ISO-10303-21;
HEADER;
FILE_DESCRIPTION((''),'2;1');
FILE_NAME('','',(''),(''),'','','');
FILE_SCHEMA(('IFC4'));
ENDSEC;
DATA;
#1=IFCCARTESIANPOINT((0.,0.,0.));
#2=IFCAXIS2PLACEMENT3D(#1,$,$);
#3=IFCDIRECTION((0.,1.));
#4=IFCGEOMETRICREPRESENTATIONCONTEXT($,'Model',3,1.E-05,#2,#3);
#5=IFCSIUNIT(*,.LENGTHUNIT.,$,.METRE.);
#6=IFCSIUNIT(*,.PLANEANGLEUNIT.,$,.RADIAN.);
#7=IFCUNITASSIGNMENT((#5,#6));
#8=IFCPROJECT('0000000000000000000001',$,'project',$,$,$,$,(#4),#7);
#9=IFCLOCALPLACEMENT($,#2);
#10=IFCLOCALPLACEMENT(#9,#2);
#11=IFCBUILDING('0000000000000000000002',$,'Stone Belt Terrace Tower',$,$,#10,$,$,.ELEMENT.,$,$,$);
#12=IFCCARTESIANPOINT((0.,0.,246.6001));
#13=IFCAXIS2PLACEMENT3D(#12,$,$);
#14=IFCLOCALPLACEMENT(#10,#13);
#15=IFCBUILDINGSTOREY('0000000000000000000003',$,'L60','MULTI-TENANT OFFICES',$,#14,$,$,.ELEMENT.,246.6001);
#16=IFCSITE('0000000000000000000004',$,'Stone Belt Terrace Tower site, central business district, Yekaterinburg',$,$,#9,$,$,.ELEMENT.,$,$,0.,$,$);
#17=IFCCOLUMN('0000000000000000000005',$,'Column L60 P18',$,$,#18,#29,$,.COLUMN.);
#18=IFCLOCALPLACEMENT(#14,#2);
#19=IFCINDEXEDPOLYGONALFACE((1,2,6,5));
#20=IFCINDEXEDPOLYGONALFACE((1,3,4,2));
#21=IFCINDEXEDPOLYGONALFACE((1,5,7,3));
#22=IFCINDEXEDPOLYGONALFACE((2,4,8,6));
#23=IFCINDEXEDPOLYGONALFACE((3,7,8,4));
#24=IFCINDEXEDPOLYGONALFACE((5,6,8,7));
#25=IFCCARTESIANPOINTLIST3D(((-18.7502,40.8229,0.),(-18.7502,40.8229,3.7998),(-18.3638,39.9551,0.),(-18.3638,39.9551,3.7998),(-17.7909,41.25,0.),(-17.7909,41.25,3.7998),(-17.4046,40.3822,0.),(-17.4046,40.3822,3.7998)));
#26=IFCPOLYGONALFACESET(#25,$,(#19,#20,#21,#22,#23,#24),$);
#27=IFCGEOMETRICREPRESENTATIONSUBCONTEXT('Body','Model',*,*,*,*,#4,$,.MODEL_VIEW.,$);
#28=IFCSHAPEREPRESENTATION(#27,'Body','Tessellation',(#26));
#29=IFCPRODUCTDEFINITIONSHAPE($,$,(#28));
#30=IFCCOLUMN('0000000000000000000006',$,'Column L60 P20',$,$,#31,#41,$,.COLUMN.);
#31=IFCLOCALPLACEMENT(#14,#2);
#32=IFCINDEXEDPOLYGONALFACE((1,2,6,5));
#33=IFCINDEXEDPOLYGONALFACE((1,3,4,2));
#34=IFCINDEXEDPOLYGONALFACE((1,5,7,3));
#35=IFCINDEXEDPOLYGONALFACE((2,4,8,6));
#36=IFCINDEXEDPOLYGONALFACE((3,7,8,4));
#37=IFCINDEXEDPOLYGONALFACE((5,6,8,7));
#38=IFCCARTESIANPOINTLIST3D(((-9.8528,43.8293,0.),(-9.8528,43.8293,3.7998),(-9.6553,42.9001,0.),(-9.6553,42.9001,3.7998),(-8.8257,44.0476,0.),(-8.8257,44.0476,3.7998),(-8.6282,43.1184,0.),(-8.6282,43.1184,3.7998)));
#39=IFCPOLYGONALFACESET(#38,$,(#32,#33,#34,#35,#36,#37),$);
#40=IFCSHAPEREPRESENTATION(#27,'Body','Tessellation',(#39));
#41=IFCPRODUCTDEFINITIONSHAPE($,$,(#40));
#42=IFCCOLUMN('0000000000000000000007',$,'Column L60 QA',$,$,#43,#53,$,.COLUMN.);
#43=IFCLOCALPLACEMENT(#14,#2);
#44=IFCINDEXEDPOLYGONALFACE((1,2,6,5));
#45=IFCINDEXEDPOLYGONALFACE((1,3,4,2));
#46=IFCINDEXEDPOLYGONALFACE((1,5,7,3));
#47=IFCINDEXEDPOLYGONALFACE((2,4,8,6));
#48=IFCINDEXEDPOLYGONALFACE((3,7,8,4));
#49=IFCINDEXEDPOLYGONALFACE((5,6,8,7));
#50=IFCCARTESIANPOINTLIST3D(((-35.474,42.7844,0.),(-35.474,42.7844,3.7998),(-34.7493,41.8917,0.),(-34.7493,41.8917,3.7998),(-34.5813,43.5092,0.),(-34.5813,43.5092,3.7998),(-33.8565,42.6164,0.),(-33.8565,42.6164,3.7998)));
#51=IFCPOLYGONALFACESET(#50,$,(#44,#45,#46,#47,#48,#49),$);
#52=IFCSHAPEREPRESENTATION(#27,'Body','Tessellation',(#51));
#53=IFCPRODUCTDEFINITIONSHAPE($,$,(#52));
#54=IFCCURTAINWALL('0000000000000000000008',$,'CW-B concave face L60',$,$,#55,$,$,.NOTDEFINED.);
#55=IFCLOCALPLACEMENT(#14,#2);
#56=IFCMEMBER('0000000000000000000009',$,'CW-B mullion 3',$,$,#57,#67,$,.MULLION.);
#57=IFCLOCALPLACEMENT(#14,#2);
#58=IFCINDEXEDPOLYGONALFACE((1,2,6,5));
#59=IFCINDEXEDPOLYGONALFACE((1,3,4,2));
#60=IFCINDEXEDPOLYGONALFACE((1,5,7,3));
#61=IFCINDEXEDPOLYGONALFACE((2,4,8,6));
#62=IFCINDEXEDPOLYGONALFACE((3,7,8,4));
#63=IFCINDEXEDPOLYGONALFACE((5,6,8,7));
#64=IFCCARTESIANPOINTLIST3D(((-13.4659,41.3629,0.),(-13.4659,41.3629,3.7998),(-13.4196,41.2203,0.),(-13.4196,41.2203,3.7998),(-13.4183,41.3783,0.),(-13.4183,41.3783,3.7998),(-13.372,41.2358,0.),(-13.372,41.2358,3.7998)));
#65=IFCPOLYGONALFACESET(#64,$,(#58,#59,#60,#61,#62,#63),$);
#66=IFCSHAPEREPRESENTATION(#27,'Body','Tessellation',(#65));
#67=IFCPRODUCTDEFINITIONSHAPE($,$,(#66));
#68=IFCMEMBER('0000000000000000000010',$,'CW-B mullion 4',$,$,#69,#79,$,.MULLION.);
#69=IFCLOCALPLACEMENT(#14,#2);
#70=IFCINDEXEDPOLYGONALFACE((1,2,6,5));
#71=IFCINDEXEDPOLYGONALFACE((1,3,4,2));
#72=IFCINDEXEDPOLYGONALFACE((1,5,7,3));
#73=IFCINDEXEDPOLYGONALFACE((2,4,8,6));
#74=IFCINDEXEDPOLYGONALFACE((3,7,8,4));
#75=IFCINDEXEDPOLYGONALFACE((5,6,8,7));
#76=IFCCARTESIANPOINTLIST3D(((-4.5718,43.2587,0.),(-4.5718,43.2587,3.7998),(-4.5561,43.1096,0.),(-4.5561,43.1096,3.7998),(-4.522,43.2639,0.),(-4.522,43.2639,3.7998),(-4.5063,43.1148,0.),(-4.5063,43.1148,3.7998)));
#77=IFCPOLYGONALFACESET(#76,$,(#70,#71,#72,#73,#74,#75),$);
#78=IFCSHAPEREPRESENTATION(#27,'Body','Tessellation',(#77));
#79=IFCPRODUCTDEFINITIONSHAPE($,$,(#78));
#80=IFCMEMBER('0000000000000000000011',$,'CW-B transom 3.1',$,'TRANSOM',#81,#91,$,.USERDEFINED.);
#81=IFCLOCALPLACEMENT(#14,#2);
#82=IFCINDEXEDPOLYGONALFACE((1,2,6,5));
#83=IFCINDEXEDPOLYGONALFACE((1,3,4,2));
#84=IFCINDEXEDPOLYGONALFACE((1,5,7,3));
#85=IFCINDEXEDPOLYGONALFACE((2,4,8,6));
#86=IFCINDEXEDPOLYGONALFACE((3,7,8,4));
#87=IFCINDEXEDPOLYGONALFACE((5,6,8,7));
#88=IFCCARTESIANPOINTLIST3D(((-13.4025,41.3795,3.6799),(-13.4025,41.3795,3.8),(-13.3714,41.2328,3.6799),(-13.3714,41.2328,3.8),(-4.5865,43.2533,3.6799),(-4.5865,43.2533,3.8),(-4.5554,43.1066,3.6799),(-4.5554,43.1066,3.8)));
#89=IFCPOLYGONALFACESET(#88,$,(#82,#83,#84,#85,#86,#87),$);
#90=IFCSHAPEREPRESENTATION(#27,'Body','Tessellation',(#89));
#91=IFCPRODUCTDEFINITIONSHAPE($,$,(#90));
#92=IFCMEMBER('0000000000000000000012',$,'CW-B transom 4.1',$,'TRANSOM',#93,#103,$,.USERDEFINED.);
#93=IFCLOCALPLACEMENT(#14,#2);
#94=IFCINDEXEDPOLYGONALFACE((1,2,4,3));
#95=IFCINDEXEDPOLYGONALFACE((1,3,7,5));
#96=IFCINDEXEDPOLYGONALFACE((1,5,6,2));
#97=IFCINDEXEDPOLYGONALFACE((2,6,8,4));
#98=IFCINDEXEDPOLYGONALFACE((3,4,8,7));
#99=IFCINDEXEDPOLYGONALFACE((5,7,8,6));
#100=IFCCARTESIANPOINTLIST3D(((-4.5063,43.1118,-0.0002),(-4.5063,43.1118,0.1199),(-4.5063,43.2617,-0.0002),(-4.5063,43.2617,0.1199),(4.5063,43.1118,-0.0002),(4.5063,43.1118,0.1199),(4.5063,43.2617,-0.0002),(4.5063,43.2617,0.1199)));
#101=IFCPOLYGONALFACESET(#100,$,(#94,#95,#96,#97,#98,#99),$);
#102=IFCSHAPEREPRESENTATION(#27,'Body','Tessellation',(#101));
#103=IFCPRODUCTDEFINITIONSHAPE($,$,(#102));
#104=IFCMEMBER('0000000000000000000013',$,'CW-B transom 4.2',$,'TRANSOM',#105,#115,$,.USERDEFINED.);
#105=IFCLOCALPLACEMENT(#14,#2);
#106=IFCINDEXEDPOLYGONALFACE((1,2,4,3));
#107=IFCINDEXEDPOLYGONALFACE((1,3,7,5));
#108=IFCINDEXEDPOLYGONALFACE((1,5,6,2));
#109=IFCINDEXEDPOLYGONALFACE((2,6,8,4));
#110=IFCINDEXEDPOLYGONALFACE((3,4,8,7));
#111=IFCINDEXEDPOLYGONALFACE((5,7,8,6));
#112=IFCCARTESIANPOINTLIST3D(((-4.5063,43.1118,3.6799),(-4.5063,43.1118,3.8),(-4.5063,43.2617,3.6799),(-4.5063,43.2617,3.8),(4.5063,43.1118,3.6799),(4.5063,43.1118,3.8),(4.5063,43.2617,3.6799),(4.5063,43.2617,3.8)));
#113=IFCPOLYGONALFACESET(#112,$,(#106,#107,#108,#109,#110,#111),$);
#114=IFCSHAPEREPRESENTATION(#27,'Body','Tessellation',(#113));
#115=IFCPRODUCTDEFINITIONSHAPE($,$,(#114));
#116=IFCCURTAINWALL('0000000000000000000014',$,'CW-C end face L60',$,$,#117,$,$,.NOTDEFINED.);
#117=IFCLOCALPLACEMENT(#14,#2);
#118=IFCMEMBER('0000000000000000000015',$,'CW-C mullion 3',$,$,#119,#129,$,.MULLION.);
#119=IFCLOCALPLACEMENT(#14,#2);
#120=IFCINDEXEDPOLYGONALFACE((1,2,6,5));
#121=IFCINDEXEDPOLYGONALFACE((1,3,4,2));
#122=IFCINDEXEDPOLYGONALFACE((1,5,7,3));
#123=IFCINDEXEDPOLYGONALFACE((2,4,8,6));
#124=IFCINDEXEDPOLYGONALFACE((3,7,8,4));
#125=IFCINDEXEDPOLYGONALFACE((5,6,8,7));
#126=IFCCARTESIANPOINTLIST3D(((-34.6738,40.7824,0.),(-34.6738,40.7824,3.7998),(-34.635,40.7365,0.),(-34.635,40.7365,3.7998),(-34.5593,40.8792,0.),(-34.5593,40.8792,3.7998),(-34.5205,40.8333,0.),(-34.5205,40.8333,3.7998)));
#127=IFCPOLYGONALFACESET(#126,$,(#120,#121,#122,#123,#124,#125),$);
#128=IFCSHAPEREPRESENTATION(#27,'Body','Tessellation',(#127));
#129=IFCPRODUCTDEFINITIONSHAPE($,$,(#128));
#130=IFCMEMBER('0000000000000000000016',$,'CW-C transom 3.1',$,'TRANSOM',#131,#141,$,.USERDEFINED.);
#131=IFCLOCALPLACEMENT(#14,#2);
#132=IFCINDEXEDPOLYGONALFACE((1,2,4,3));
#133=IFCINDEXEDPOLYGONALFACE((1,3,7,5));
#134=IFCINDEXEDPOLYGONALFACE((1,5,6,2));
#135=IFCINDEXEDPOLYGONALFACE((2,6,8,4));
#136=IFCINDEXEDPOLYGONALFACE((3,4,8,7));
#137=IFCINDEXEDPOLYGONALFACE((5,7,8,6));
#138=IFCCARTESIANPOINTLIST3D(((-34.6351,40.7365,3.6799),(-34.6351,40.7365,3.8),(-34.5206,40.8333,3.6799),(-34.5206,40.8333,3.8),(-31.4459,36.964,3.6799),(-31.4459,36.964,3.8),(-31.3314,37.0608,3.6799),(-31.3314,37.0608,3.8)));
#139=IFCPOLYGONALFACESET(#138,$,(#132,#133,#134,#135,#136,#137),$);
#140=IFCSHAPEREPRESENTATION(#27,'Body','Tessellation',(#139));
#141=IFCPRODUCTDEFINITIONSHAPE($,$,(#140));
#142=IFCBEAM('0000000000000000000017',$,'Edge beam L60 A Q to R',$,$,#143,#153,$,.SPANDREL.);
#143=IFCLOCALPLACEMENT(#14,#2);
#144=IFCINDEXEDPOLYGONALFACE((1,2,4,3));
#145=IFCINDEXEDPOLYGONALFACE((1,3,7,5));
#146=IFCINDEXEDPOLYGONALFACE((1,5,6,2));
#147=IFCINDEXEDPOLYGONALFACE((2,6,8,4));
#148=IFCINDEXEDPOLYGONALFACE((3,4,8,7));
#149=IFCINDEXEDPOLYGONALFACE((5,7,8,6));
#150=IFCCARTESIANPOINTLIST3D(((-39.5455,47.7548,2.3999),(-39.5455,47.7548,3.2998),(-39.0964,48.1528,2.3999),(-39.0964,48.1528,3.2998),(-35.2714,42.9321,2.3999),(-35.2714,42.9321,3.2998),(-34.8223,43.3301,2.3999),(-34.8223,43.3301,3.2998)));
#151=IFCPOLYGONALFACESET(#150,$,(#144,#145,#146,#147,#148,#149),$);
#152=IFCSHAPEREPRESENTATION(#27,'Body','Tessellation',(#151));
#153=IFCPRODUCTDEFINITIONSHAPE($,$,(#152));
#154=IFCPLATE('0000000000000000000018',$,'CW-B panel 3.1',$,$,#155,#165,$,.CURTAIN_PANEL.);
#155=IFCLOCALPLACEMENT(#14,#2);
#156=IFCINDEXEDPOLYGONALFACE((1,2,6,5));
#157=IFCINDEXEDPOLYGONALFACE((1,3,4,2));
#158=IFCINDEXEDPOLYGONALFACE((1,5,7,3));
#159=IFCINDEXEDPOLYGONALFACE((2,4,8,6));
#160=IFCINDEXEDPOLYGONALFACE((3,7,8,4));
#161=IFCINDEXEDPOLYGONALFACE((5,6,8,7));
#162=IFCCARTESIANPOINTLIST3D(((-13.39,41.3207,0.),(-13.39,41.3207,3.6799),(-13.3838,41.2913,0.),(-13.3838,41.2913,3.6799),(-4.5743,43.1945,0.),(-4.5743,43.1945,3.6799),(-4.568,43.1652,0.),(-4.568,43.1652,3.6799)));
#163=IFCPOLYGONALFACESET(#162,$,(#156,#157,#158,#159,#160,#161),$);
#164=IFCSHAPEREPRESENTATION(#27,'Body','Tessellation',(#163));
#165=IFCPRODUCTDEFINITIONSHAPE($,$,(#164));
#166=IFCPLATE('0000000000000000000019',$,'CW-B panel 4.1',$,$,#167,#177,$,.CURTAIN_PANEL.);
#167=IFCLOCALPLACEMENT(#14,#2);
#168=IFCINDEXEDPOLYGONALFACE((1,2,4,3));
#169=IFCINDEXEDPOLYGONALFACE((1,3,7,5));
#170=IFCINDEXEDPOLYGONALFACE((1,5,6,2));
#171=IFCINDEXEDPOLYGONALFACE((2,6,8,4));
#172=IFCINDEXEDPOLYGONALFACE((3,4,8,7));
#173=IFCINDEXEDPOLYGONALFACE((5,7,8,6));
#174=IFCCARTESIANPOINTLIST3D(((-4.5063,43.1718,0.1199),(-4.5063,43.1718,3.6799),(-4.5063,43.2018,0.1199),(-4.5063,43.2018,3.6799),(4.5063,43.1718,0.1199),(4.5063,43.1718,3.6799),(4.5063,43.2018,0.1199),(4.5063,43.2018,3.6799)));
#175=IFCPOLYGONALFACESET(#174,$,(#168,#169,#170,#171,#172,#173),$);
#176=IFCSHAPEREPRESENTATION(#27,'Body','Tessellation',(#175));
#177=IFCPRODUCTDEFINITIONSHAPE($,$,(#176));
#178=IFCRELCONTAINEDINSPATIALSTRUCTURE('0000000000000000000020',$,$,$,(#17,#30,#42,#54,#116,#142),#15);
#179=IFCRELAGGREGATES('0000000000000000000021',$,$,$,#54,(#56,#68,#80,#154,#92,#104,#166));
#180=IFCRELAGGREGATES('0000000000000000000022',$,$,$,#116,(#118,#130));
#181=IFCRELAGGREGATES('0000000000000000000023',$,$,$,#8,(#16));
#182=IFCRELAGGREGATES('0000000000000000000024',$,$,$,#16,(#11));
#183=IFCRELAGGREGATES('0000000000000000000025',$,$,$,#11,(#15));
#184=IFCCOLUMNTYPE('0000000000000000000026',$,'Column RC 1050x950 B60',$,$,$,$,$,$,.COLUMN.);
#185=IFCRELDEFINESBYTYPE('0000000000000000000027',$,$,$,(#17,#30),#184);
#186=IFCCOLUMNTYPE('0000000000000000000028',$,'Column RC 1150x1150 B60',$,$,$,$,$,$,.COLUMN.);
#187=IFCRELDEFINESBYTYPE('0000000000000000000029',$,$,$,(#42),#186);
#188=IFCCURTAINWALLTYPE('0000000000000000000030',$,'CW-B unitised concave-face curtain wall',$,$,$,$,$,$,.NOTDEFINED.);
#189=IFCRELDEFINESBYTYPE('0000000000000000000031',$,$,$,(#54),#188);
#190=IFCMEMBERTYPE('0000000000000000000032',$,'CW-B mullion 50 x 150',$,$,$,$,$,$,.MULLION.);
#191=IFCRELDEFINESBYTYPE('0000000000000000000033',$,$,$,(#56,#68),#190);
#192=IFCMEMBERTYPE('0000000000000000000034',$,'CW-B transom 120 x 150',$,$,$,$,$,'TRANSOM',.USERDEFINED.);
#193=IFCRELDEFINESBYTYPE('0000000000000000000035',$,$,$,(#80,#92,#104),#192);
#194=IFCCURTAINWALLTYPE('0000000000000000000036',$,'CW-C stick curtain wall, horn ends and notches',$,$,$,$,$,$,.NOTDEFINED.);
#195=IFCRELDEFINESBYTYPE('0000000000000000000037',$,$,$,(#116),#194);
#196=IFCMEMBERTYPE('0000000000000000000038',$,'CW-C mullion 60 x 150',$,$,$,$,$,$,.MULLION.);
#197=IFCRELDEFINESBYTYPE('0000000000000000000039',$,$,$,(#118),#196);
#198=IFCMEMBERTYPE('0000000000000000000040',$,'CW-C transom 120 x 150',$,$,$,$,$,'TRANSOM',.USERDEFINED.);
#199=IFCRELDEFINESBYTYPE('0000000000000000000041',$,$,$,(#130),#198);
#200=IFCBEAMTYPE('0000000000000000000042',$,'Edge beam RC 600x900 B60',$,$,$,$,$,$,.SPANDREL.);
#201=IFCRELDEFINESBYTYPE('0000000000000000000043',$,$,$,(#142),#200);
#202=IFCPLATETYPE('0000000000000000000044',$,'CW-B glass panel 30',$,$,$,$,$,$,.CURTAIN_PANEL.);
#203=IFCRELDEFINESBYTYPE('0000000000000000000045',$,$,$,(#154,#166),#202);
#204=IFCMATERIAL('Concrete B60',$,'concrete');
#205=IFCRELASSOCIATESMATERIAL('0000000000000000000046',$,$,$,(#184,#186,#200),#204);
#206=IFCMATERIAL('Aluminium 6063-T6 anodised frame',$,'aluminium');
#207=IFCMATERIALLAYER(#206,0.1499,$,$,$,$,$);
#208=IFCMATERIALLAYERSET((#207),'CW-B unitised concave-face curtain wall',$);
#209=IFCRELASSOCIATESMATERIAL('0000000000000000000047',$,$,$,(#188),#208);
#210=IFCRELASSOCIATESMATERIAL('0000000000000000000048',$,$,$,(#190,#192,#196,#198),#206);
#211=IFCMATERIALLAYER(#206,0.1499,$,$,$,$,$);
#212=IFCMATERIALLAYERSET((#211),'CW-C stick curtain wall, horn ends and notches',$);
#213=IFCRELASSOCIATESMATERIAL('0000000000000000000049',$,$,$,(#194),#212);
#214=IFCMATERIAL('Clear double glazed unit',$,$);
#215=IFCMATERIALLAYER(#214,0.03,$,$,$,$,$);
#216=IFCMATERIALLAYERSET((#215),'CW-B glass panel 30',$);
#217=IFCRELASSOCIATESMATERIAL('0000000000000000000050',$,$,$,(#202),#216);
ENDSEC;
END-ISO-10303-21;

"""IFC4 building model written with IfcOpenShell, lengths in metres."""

from ifc_helpers import new_model, si_unit, direction, frame, origin, origin_2d, place, context, subcontext, project, spatial, rectangle, extrude, material, layer, layer_set, material_profile, profile_set, type_object, element, aggregate, save


model = new_model("IFC4")

# Units and contexts
model_context = context("Model", 3, precision=1e-05, world=origin(), true_north=direction((0.0, 1.0)))
body_context = subcontext(model_context, "Body", "Model", "MODEL_VIEW")
ifc_project = project(units=[si_unit("LENGTHUNIT", "METRE"), si_unit("PLANEANGLEUNIT", "RADIAN")], contexts=[model_context])

# Site, building, storey
site_placement = place(None, origin())
site = spatial("IfcSite", under=ifc_project, at=site_placement, Name="Stone Belt Terrace Tower site, central business district, Yekaterinburg", CompositionType="ELEMENT", RefElevation=0.0)
building_placement = place(site_placement, origin())
building = spatial("IfcBuilding", under=site, at=building_placement, Name="Stone Belt Terrace Tower", CompositionType="ELEMENT")
storey_placement = place(building_placement, frame((0.0, 0.0, 246.6001)))
storey = spatial("IfcBuildingStorey", under=building, at=storey_placement, Name="L60", Description="MULTI-TENANT OFFICES", CompositionType="ELEMENT", Elevation=246.6001)

# Columns
ifc_material_1 = material(Name="Concrete B60", Category="concrete")
ifc_material_profile_1 = material_profile(ifc_material_1, rectangle(XDim=1.05, YDim=0.95, at=origin_2d()), Name="RC 1050x950")
ifc_profile_set_1 = profile_set([ifc_material_profile_1], Name="Concrete B60")
column_type_1 = type_object("IfcColumnType", Name="Column RC 1050x950 B60", PredefinedType="COLUMN", material=ifc_profile_set_1)
for number, where, z_axis, x_axis, name in (
    (1, (-18.0774, 40.6025, 0.0), (0.0, 0.0, 1.0), (0.913545, 0.406737, 0.0), "Column L60 P18"),
    (2, (-9.2405, 43.4739, 0.0), (0.0, 0.0, 1.0), (0.978148, 0.207912, 0.0), "Column L60 P20"),
):
    element("IfcColumn", number, at=place(storey_placement, frame(where, z_axis=z_axis, x_axis=x_axis)), inside=storey, type_object=column_type_1, Name=name, PredefinedType="COLUMN", context=body_context, shape_type="SweptSolid", body=[
        extrude(rectangle(XDim=1.05, YDim=0.95, at=origin_2d()), origin(), (0.0, 0.0, 1.0), 3.7998),
    ])
ifc_material_profile_2 = material_profile(ifc_material_1, rectangle(XDim=1.1499, YDim=1.1499, at=origin_2d()), Name="RC 1150x1150")
ifc_profile_set_2 = profile_set([ifc_material_profile_2], Name="Concrete B60")
column_type_2 = type_object("IfcColumnType", Name="Column RC 1150x1150 B60", PredefinedType="COLUMN", material=ifc_profile_set_2)
column_placement = place(storey_placement, frame((-34.6653, 42.7004, 0.0), z_axis=(0.0, 0.0, 1.0), x_axis=(0.776371, 0.630276, 0.0)))
element("IfcColumn", 3, at=column_placement, inside=storey, type_object=column_type_2, Name="Column L60 QA", PredefinedType="COLUMN", context=body_context, shape_type="SweptSolid", body=[
    extrude(rectangle(XDim=1.1499, YDim=1.1499, at=origin_2d()), origin(), (0.0, 0.0, 1.0), 3.7998),
])

# Curtain walls, members
ifc_material_2 = material(Name="Aluminium 6063-T6 anodised frame", Category="aluminium")
ifc_layer_1 = layer(ifc_material_2, 0.1499)
ifc_layer_set_1 = layer_set([ifc_layer_1], Name="CW-B unitised concave-face curtain wall")
curtain_wall_type_1 = type_object("IfcCurtainWallType", Name="CW-B unitised concave-face curtain wall", PredefinedType="NOTDEFINED", material=ifc_layer_set_1)
curtain_wall_1_placement = place(storey_placement, origin())
curtain_wall_1 = element("IfcCurtainWall", 4, at=curtain_wall_1_placement, inside=storey, type_object=curtain_wall_type_1, Name="CW-B concave face L60", PredefinedType="NOTDEFINED")
ifc_material_profile_3 = material_profile(ifc_material_2, rectangle(XDim=0.1499, YDim=0.05, at=origin_2d()), Name="Aluminium 6063-T6 50x150")
ifc_profile_set_3 = profile_set([ifc_material_profile_3], Name="Aluminium 6063-T6 anodised frame")
member_type_1 = type_object("IfcMemberType", Name="CW-B mullion 50 x 150", PredefinedType="MULLION", material=ifc_profile_set_3)
member_1_placement = place(storey_placement, frame((-13.4189, 41.2993, 0.0), z_axis=(0.0, 0.0, 1.0), x_axis=(-0.309017, 0.951057, 0.0)))
member_1 = element("IfcMember", 5, at=member_1_placement, type_object=member_type_1, Name="CW-B mullion 3", PredefinedType="MULLION", context=body_context, shape_type="SweptSolid", body=[
    extrude(rectangle(XDim=0.1499, YDim=0.05, at=origin_2d()), origin(), (0.0, 0.0, 1.0), 3.7998),
])
member_2_placement = place(storey_placement, frame((-4.5391, 43.1868, 0.0), z_axis=(0.0, 0.0, 1.0), x_axis=(-0.104528, 0.994522, 0.0)))
member_2 = element("IfcMember", 6, at=member_2_placement, type_object=member_type_1, Name="CW-B mullion 4", PredefinedType="MULLION", context=body_context, shape_type="SweptSolid", body=[
    extrude(rectangle(XDim=0.1499, YDim=0.05, at=origin_2d()), origin(), (0.0, 0.0, 1.0), 3.7998),
])
ifc_material_profile_4 = material_profile(ifc_material_2, rectangle(XDim=0.1499, YDim=0.1201, at=origin_2d()), Name="Aluminium 6063-T6 150x120")
ifc_profile_set_4 = profile_set([ifc_material_profile_4], Name="Aluminium 6063-T6 anodised frame")
member_type_2 = type_object("IfcMemberType", Name="CW-B transom 120 x 150", ElementType="TRANSOM", PredefinedType="USERDEFINED", material=ifc_profile_set_4)
member_3_placement = place(storey_placement, frame((-13.387, 41.3062, 3.74), z_axis=(0.97815, 0.207901, 0.0), x_axis=(-0.207901, 0.97815, 0.0)))
member_3 = element("IfcMember", 7, at=member_3_placement, type_object=member_type_2, Name="CW-B transom 3.1", ObjectType="TRANSOM", PredefinedType="USERDEFINED", context=body_context, shape_type="SweptSolid", body=[
    extrude(rectangle(XDim=0.1499, YDim=0.1201, at=origin_2d()), origin(), (0.0, 0.0, 1.0), 9.0129),
])
member_4_placement = place(storey_placement, frame((-4.5063, 43.1868, 0.0598), z_axis=(1.0, 0.0, 0.0), x_axis=(0.0, 1.0, 0.0)))
member_4 = element("IfcMember", 8, at=member_4_placement, type_object=member_type_2, Name="CW-B transom 4.1", ObjectType="TRANSOM", PredefinedType="USERDEFINED", context=body_context, shape_type="SweptSolid", body=[
    extrude(rectangle(XDim=0.1499, YDim=0.1201, at=origin_2d()), origin(), (0.0, 0.0, 1.0), 9.0127),
])
member_5_placement = place(storey_placement, frame((-4.5063, 43.1868, 3.74), z_axis=(1.0, 0.0, 0.0), x_axis=(0.0, 1.0, 0.0)))
member_5 = element("IfcMember", 9, at=member_5_placement, type_object=member_type_2, Name="CW-B transom 4.2", ObjectType="TRANSOM", PredefinedType="USERDEFINED", context=body_context, shape_type="SweptSolid", body=[
    extrude(rectangle(XDim=0.1499, YDim=0.1201, at=origin_2d()), origin(), (0.0, 0.0, 1.0), 9.0127),
])
ifc_layer_2 = layer(ifc_material_2, 0.1499)
ifc_layer_set_2 = layer_set([ifc_layer_2], Name="CW-C stick curtain wall, horn ends and notches")
curtain_wall_type_2 = type_object("IfcCurtainWallType", Name="CW-C stick curtain wall, horn ends and notches", PredefinedType="NOTDEFINED", material=ifc_layer_set_2)
curtain_wall_2_placement = place(storey_placement, origin())
curtain_wall_2 = element("IfcCurtainWall", 10, at=curtain_wall_2_placement, inside=storey, type_object=curtain_wall_type_2, Name="CW-C end face L60", PredefinedType="NOTDEFINED")
ifc_material_profile_5 = material_profile(ifc_material_2, rectangle(XDim=0.1499, YDim=0.0601, at=origin_2d()), Name="Aluminium 6063-T6 60x150")
ifc_profile_set_5 = profile_set([ifc_material_profile_5], Name="Aluminium 6063-T6 anodised frame")
member_type_3 = type_object("IfcMemberType", Name="CW-C mullion 60 x 150", PredefinedType="MULLION", material=ifc_profile_set_5)
member_6_placement = place(storey_placement, frame((-34.5972, 40.8079, 0.0), z_axis=(0.0, 0.0, 1.0), x_axis=(0.76367, 0.645607, 0.0)))
member_6 = element("IfcMember", 11, at=member_6_placement, type_object=member_type_3, Name="CW-C mullion 3", PredefinedType="MULLION", context=body_context, shape_type="SweptSolid", body=[
    extrude(rectangle(XDim=0.1499, YDim=0.0601, at=origin_2d()), origin(), (0.0, 0.0, 1.0), 3.7998),
])
ifc_material_profile_6 = material_profile(ifc_material_2, rectangle(XDim=0.1499, YDim=0.1201, at=origin_2d()), Name="Aluminium 6063-T6 150x120")
ifc_profile_set_6 = profile_set([ifc_material_profile_6], Name="Aluminium 6063-T6 anodised frame")
member_type_4 = type_object("IfcMemberType", Name="CW-C transom 120 x 150", ElementType="TRANSOM", PredefinedType="USERDEFINED", material=ifc_profile_set_6)
member_7_placement = place(storey_placement, frame((-34.5779, 40.7849, 3.74), z_axis=(0.645603, -0.763673, 0.0), x_axis=(0.763673, 0.645603, 0.0)))
member_7 = element("IfcMember", 12, at=member_7_placement, type_object=member_type_4, Name="CW-C transom 3.1", ObjectType="TRANSOM", PredefinedType="USERDEFINED", context=body_context, shape_type="SweptSolid", body=[
    extrude(rectangle(XDim=0.1499, YDim=0.1201, at=origin_2d()), origin(), (0.0, 0.0, 1.0), 4.9399),
])

# Beam
ifc_material_profile_7 = material_profile(ifc_material_1, rectangle(XDim=0.6001, YDim=0.8999, at=origin_2d()), Name="RC 600x900")
ifc_profile_set_7 = profile_set([ifc_material_profile_7], Name="Concrete B60")
beam_type = type_object("IfcBeamType", Name="Edge beam RC 600x900 B60", PredefinedType="SPANDREL", material=ifc_profile_set_7)
beam_placement = place(storey_placement, frame((-35.0469, 43.1311, 2.8499), z_axis=(-0.66326, 0.748389, 0.0), x_axis=(-0.748389, -0.66326, 0.0)))
element("IfcBeam", 13, at=beam_placement, inside=storey, type_object=beam_type, Name="Edge beam L60 A Q to R", PredefinedType="SPANDREL", context=body_context, shape_type="SweptSolid", body=[
    extrude(rectangle(XDim=0.6001, YDim=0.8999, at=origin_2d()), origin(), (0.0, 0.0, 1.0), 6.4441),
])

# Plates
ifc_material_3 = material(Name="Clear double glazed unit")
ifc_layer_3 = layer(ifc_material_3, 0.03)
ifc_layer_set_3 = layer_set([ifc_layer_3], Name="CW-B glass panel 30")
plate_type_1 = type_object("IfcPlateType", Name="CW-B glass panel 30", PredefinedType="CURTAIN_PANEL", material=ifc_layer_set_3)
plate_1_placement = place(storey_placement, frame((-8.979, 42.2429, 0.0), z_axis=(0.0, 0.0, 1.0), x_axis=(0.978148, 0.207912, 0.0)))
plate_1 = element("IfcPlate", 14, at=plate_1_placement, type_object=plate_type_1, Name="CW-B panel 3.1", PredefinedType="CURTAIN_PANEL", context=body_context, shape_type="SweptSolid", body=[
    extrude(rectangle(XDim=9.0127, YDim=0.03, at=origin_2d()), origin(), (0.0, 0.0, 1.0), 3.6799),
])
plate_2_placement = place(storey_placement, frame((0.0, 43.1868, 0.1199), z_axis=(0.0, 0.0, 1.0), x_axis=(1.0, 0.0, 0.0)))
plate_2 = element("IfcPlate", 15, at=plate_2_placement, type_object=plate_type_1, Name="CW-B panel 4.1", PredefinedType="CURTAIN_PANEL", context=body_context, shape_type="SweptSolid", body=[
    extrude(rectangle(XDim=9.0127, YDim=0.03, at=origin_2d()), origin(), (0.0, 0.0, 1.0), 3.5601),
])
aggregate(curtain_wall_1, [member_1, member_2, member_3, plate_1, member_4, member_5, plate_2])
aggregate(curtain_wall_2, [member_6, member_7])

save(model, "model.ifc")
